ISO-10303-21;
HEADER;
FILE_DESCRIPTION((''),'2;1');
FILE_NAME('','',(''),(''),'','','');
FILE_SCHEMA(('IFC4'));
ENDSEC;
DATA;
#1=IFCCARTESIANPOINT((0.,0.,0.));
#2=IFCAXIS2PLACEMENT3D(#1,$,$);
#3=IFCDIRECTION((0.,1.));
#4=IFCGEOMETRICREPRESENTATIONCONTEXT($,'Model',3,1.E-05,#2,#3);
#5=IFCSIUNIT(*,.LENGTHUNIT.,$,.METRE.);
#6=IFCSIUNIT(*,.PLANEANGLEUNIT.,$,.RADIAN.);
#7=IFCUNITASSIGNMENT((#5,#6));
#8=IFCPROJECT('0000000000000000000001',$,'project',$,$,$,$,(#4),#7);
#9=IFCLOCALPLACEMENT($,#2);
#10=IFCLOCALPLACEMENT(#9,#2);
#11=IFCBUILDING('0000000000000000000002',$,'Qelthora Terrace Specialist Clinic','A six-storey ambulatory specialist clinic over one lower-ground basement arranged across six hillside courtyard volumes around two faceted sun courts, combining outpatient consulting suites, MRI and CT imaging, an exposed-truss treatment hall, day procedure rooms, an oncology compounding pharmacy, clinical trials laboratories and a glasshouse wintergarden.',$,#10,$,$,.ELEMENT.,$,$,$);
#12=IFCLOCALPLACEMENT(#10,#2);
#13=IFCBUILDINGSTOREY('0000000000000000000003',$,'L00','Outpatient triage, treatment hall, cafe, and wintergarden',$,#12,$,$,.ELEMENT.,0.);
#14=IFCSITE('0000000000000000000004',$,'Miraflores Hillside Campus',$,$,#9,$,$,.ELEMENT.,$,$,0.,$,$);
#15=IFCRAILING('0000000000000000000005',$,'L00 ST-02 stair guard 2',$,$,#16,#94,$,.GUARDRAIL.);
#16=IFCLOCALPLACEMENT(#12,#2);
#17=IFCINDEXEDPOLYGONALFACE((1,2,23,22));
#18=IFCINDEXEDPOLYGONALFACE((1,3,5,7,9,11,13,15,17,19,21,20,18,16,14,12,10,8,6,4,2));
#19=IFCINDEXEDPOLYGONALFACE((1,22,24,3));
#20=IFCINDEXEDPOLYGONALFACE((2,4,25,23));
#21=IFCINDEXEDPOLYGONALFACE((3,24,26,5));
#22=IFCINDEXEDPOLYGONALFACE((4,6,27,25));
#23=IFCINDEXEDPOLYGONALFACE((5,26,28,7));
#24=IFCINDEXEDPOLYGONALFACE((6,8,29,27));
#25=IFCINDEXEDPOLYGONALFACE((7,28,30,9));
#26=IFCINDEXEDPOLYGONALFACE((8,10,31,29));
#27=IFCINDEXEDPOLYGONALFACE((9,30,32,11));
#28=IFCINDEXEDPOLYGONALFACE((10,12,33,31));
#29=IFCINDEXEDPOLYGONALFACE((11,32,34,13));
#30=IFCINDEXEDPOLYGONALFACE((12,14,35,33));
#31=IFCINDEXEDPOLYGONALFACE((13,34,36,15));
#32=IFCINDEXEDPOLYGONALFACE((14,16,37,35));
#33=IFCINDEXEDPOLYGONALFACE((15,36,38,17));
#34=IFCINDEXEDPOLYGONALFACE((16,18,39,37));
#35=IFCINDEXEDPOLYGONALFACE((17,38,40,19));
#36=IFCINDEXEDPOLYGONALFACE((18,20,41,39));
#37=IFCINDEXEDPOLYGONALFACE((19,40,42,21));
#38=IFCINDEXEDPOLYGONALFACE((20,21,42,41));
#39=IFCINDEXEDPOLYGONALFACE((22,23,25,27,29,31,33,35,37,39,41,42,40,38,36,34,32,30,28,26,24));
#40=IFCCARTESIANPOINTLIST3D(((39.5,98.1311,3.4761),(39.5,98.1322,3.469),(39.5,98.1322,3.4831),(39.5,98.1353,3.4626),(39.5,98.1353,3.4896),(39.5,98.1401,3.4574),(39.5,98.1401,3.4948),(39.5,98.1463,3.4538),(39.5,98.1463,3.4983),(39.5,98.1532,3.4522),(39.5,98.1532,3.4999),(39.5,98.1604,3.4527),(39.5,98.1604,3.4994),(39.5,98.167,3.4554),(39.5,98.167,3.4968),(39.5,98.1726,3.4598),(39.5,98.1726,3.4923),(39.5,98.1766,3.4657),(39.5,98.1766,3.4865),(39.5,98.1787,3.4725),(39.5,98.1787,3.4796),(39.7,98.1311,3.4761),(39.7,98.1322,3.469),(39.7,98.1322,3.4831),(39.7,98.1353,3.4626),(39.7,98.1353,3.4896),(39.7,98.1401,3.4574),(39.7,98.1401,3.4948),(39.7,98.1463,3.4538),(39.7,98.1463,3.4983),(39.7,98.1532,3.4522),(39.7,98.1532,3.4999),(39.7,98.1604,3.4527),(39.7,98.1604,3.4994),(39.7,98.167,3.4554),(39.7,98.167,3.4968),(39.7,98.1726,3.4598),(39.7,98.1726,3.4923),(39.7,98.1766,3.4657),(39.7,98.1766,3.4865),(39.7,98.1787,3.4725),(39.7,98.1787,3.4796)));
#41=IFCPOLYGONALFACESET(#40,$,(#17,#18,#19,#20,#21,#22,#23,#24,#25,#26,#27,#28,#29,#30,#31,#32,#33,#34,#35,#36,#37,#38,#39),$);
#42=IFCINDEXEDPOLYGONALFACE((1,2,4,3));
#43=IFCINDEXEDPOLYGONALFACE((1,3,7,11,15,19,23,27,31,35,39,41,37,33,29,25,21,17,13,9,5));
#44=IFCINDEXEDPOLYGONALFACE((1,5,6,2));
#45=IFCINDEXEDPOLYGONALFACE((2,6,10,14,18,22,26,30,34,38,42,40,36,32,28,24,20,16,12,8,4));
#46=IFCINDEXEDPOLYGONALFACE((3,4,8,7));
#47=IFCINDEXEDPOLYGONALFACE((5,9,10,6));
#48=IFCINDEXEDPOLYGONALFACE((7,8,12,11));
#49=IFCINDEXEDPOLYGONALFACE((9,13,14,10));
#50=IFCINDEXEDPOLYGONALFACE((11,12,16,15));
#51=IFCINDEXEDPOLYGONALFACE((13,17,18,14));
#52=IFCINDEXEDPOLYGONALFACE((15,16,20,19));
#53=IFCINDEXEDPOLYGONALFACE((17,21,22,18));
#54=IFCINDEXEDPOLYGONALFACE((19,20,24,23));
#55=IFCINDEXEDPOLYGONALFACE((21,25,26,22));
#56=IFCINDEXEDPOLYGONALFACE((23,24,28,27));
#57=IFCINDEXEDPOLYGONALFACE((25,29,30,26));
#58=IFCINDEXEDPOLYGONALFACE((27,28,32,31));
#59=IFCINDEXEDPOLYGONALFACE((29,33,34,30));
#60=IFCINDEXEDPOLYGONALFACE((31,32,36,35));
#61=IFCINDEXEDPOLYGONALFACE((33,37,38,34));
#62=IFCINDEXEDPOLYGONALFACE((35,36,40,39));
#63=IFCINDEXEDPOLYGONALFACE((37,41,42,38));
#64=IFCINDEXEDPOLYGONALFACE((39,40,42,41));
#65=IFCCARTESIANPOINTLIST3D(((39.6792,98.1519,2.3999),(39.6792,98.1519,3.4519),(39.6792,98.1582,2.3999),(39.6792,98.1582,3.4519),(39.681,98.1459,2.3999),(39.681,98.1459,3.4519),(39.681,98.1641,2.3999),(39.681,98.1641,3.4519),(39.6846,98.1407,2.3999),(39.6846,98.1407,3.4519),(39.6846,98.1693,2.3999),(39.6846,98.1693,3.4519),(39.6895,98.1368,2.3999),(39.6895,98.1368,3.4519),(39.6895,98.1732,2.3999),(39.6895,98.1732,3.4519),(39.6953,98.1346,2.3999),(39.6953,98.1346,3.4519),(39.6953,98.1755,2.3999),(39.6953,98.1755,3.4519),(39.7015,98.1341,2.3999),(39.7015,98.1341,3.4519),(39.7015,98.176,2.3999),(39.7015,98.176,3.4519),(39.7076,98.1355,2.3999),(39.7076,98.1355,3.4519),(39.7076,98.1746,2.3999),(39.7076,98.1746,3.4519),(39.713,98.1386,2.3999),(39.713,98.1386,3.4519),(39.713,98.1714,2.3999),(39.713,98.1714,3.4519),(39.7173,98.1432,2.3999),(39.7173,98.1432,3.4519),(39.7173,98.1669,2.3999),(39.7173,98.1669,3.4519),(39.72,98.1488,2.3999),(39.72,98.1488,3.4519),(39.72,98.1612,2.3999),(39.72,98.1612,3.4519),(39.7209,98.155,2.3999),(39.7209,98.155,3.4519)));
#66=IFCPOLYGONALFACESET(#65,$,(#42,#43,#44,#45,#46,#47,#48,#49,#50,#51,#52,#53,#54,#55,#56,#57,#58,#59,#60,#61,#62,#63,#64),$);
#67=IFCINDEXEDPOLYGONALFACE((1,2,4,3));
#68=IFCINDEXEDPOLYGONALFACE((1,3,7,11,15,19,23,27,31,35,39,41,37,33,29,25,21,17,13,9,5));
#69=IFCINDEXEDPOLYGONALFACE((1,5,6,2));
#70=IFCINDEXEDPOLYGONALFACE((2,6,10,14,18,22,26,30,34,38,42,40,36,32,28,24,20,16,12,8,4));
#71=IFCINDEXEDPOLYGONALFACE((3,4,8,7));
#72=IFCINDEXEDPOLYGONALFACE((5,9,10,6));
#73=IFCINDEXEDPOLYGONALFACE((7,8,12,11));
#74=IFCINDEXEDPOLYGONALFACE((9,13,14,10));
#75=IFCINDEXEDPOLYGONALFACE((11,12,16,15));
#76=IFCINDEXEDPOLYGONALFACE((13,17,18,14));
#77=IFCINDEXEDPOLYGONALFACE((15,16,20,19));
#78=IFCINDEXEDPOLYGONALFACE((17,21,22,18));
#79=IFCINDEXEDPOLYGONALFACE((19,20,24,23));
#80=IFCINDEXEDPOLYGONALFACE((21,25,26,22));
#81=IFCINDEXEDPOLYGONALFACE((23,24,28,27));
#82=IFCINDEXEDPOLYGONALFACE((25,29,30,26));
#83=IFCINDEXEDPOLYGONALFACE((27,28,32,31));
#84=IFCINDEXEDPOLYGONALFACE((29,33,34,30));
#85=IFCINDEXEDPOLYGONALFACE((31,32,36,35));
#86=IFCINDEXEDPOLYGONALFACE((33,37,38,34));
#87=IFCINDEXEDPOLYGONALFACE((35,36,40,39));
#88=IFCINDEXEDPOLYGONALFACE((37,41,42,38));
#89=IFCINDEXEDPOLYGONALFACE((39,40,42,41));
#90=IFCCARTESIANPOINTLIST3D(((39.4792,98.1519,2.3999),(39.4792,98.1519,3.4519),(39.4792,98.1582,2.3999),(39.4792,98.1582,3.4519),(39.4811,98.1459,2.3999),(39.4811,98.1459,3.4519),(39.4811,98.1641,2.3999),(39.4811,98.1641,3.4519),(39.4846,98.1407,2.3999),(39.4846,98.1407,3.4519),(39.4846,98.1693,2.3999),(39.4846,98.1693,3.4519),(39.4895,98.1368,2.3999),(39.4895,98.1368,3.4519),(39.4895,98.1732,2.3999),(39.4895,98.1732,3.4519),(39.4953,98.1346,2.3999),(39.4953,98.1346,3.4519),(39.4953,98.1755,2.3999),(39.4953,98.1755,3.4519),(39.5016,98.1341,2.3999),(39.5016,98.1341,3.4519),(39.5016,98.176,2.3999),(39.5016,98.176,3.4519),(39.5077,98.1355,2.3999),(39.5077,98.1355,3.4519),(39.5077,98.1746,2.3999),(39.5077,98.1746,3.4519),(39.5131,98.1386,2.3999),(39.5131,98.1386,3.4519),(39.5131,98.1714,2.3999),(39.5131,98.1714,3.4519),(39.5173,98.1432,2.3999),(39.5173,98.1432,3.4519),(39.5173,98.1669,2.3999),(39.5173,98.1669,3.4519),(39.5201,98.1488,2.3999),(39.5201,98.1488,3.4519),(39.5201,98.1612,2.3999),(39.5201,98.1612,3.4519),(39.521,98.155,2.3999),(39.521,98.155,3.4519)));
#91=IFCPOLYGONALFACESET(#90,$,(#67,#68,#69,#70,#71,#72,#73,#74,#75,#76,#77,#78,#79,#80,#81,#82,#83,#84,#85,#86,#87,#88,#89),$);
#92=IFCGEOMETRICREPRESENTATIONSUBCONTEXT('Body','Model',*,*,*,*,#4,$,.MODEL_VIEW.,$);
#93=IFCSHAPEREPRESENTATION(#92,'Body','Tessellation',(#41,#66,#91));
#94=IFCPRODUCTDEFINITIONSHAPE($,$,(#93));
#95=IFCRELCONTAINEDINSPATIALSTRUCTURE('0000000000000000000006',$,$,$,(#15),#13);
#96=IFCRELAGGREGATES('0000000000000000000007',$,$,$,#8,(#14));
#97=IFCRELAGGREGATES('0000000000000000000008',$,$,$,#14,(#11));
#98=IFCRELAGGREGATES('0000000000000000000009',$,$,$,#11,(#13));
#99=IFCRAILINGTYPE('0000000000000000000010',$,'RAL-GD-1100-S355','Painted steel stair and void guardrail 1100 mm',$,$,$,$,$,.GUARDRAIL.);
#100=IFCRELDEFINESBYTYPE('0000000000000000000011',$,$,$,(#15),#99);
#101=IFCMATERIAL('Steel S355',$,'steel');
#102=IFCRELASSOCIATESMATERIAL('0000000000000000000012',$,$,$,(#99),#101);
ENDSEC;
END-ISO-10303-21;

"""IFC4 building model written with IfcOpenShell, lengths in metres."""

from ifc_helpers import new_model, si_unit, direction, frame, origin, origin_2d, place, context, subcontext, project, spatial, circle, extrude, material, type_object, element, save


model = new_model("IFC4")

# Units and contexts
model_context = context("Model", 3, precision=1e-05, world=origin(), true_north=direction((0.0, 1.0)))
body_context = subcontext(model_context, "Body", "Model", "MODEL_VIEW")
ifc_project = project(units=[si_unit("LENGTHUNIT", "METRE"), si_unit("PLANEANGLEUNIT", "RADIAN")], contexts=[model_context])

# Site, building, storey
site_placement = place(None, origin())
site = spatial("IfcSite", under=ifc_project, at=site_placement, Name="Miraflores Hillside Campus", CompositionType="ELEMENT", RefElevation=0.0)
building_placement = place(site_placement, origin())
building = spatial("IfcBuilding", under=site, at=building_placement, Name="Qelthora Terrace Specialist Clinic", Description="A six-storey ambulatory specialist clinic over one lower-ground basement arranged across six hillside courtyard volumes around two faceted sun courts, combining outpatient consulting suites, MRI and CT imaging, an exposed-truss treatment hall, day procedure rooms, an oncology compounding pharmacy, clinical trials laboratories and a glasshouse wintergarden.", CompositionType="ELEMENT")
storey_placement = place(building_placement, origin())
storey = spatial("IfcBuildingStorey", under=building, at=storey_placement, Name="L00", Description="Outpatient triage, treatment hall, cafe, and wintergarden", CompositionType="ELEMENT", Elevation=0.0)

# Shared definitions
ifc_material_1 = material(Name="Steel S355", Category="steel")

# Railing
railing_type_1 = type_object("IfcRailingType", Name="RAL-GD-1100-S355", Description="Painted steel stair and void guardrail 1100 mm", PredefinedType="GUARDRAIL", material=ifc_material_1)
railing_1_placement = place(storey_placement, frame((39.7, 98.155, 2.3999)))
element("IfcRailing", 1, at=railing_1_placement, inside=storey, type_object=railing_type_1, Name="L00 ST-02 stair guard 2", PredefinedType="GUARDRAIL", context=body_context, shape_type="SweptSolid", body=[
    extrude(circle(Radius=0.0239, at=origin_2d()), frame((0.0, 0.0, 1.0762), z_axis=(-1.0, 0.0, 0.0), x_axis=(0.0, -1.0, 0.0)), (0.0, 0.0, 1.0), 0.2),
    extrude(circle(Radius=0.021, at=origin_2d()), origin(), (0.0, 0.0, 1.0), 1.052),
    extrude(circle(Radius=0.021, at=origin_2d()), frame((-0.2, 0.0, 0.0)), (0.0, 0.0, 1.0), 1.052),
])

save(model, "model.ifc")
